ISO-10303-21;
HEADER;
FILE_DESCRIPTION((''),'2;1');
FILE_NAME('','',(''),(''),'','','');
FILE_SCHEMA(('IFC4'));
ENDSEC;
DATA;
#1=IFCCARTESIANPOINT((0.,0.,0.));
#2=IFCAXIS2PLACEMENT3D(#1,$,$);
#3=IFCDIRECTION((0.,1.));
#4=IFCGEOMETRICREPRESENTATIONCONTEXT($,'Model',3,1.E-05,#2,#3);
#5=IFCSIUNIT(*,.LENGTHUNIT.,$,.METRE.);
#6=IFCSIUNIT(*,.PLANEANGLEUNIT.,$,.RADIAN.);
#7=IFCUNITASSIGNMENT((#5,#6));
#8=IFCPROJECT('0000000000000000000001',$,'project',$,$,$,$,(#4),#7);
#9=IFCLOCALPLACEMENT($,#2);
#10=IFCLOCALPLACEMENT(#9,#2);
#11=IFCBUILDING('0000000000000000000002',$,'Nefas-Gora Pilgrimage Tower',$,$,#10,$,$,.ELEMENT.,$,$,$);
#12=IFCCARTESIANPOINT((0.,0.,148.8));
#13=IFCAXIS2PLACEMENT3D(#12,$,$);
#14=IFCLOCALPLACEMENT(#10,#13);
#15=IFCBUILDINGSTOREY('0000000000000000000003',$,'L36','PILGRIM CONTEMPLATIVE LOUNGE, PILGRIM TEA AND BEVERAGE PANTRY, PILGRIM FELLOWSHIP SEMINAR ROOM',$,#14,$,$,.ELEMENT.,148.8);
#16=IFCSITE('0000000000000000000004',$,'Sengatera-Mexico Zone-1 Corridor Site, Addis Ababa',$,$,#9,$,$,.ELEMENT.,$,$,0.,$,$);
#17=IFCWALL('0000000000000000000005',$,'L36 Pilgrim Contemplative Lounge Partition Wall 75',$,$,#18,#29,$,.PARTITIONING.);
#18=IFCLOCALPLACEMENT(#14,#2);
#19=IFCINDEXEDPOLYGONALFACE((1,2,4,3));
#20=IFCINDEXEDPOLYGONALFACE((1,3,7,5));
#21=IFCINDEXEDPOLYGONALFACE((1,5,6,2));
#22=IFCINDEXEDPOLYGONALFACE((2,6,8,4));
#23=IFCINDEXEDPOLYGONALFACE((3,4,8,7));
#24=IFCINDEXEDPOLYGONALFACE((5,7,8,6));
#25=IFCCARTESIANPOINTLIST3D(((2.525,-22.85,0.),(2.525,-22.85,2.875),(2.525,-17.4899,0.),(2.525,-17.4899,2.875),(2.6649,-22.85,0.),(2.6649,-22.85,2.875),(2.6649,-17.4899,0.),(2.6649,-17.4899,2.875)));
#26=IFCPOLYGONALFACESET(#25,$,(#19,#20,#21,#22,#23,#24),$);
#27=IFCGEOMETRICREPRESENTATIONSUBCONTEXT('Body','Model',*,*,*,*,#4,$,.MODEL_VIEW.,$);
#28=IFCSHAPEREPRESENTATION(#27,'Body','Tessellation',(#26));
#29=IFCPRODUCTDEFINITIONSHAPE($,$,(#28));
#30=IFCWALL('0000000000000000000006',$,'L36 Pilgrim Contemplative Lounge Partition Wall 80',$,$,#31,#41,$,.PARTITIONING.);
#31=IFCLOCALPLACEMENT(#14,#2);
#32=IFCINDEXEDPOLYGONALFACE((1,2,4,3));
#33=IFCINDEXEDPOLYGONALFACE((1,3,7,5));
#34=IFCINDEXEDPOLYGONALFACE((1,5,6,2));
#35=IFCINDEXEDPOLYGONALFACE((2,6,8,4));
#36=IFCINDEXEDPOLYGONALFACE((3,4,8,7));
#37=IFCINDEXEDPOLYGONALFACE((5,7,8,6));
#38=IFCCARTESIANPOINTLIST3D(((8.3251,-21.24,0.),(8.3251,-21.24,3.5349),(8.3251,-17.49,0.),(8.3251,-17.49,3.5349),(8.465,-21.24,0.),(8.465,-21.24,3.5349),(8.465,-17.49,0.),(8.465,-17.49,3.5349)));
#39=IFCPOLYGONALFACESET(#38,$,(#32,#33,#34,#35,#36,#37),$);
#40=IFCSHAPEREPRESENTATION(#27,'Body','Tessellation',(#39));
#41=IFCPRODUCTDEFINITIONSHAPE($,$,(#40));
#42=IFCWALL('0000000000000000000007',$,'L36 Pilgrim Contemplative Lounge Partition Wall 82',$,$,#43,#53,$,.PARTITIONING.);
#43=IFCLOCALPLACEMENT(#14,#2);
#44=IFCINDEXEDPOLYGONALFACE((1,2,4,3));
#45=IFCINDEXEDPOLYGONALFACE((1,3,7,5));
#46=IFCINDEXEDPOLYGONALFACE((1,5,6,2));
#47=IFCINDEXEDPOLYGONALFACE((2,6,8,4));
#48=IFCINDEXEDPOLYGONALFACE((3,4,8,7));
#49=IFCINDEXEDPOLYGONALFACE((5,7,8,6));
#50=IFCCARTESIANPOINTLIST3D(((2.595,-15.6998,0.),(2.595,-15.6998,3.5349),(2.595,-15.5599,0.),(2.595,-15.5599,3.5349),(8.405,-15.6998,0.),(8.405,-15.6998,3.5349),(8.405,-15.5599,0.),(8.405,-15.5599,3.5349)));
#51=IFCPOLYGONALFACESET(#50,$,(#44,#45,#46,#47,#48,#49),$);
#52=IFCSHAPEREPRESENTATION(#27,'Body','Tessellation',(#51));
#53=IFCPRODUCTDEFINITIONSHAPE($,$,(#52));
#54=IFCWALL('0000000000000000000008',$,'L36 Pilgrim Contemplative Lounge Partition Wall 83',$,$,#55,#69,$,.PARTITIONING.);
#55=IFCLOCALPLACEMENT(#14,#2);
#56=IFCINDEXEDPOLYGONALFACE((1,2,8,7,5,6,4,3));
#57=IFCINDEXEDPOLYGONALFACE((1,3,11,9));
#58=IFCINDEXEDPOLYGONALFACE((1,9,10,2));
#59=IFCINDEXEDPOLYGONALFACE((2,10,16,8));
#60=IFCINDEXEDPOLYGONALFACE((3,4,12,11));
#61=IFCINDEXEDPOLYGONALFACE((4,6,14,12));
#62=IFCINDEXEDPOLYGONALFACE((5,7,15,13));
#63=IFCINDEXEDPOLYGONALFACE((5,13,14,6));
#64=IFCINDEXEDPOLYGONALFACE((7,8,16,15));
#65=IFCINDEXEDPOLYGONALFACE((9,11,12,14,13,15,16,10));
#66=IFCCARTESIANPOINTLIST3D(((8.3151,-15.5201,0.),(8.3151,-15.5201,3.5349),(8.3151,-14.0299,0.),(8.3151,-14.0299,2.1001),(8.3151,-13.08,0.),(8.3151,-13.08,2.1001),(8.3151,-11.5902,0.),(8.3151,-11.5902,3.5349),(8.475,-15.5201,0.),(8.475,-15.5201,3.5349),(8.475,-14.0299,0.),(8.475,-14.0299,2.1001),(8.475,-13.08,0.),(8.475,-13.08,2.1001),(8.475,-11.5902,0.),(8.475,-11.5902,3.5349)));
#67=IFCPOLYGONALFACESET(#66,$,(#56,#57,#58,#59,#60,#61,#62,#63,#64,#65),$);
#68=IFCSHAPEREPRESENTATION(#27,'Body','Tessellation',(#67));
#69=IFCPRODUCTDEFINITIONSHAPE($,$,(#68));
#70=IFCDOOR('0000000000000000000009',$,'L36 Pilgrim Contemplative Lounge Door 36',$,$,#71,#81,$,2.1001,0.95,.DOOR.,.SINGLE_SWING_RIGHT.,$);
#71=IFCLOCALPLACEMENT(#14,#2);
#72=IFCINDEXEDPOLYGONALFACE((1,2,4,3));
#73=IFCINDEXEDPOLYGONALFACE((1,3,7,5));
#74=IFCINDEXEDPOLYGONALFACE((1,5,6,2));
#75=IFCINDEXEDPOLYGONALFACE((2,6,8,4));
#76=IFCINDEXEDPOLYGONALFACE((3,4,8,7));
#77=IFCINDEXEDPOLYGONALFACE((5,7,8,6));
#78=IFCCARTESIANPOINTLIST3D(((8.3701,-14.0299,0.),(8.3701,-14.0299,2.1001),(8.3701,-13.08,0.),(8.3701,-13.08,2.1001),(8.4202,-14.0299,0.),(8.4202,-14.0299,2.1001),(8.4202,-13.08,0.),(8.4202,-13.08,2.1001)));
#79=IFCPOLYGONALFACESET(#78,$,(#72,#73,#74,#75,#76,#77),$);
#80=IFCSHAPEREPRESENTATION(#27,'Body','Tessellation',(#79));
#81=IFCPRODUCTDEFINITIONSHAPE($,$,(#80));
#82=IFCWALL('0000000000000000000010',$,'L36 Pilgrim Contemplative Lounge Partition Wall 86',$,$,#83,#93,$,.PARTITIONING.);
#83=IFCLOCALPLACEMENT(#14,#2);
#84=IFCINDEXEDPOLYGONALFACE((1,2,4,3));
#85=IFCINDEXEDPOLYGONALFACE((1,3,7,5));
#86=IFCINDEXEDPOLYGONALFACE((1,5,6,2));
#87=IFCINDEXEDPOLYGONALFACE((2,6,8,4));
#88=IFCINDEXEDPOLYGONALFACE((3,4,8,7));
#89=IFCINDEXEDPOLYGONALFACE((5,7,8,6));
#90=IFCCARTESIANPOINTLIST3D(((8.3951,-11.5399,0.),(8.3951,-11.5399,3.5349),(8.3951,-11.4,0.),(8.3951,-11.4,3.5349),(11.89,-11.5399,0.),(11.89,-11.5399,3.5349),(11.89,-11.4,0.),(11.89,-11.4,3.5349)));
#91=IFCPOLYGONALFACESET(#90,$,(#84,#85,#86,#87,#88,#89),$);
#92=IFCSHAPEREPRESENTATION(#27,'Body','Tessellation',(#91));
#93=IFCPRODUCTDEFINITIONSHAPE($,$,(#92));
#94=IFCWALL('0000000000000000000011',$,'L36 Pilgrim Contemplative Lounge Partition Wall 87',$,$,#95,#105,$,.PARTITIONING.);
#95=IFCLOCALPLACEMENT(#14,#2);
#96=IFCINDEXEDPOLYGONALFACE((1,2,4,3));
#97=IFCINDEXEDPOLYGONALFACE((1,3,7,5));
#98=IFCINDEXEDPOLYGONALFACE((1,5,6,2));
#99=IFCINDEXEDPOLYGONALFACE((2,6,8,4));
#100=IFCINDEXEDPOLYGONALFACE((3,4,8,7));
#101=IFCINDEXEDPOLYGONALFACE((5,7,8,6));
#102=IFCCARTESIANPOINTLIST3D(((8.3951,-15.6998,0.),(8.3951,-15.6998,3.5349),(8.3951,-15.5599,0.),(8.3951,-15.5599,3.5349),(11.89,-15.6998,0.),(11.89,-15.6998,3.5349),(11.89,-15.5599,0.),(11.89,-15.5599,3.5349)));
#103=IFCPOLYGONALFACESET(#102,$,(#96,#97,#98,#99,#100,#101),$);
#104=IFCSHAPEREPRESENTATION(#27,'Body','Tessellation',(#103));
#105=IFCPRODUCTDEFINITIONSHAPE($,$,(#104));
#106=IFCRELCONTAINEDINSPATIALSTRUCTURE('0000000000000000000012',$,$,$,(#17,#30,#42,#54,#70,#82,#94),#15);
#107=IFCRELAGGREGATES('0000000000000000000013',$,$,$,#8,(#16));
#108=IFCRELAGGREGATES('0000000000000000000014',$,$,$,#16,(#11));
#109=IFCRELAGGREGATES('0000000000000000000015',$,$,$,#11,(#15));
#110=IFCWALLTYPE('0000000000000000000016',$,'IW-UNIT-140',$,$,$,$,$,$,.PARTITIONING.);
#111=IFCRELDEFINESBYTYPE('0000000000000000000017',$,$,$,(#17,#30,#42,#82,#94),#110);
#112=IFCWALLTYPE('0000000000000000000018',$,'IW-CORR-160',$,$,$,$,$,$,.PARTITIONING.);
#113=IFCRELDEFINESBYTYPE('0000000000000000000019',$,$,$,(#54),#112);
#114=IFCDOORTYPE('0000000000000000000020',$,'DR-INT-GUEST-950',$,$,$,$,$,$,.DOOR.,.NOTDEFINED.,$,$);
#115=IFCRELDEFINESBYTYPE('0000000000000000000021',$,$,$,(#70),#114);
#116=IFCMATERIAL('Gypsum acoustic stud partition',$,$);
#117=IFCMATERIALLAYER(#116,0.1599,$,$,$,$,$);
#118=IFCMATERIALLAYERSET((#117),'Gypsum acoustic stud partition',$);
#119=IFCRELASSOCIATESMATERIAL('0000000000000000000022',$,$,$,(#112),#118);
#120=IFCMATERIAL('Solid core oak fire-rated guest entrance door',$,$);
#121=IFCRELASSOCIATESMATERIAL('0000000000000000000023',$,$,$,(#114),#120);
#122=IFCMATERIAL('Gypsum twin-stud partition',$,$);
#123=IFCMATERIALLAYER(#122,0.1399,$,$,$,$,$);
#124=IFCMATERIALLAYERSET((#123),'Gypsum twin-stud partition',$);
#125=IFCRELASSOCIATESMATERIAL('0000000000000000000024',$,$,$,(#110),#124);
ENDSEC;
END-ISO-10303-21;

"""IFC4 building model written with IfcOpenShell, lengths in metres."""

from ifc_helpers import new_model, si_unit, direction, frame, frame_2d, origin, place, context, subcontext, project, spatial, rectangle, extrude, source, transform, mapped, material, layer, layer_set, type_object, element, fill, save


model = new_model("IFC4")

# Units and contexts
model_context = context("Model", 3, precision=1e-05, world=origin(), true_north=direction((0.0, 1.0)))
body_context = subcontext(model_context, "Body", "Model", "MODEL_VIEW")
ifc_project = project(units=[si_unit("LENGTHUNIT", "METRE"), si_unit("PLANEANGLEUNIT", "RADIAN")], contexts=[model_context])

# Site, building, storey
site_placement = place(None, origin())
site = spatial("IfcSite", under=ifc_project, at=site_placement, Name="Sengatera-Mexico Zone-1 Corridor Site, Addis Ababa", CompositionType="ELEMENT", RefElevation=0.0)
building_placement = place(site_placement, origin())
building = spatial("IfcBuilding", under=site, at=building_placement, Name="Nefas-Gora Pilgrimage Tower", CompositionType="ELEMENT")
storey_placement = place(building_placement, frame((0.0, 0.0, 148.8)))
storey = spatial("IfcBuildingStorey", under=building, at=storey_placement, Name="L36", Description="PILGRIM CONTEMPLATIVE LOUNGE, PILGRIM TEA AND BEVERAGE PANTRY, PILGRIM FELLOWSHIP SEMINAR ROOM", CompositionType="ELEMENT", Elevation=148.8)

# Shared definitions
ifc_material_1 = material(Name="Gypsum acoustic stud partition")
ifc_layer_1 = layer(ifc_material_1, 0.1599)
ifc_layer_set_1 = layer_set([ifc_layer_1], Name="Gypsum acoustic stud partition")
wall_type_1 = type_object("IfcWallType", Name="IW-CORR-160", PredefinedType="PARTITIONING", material=ifc_layer_set_1)
ifc_material_2 = material(Name="Solid core oak fire-rated guest entrance door")
door_type = type_object("IfcDoorType", Name="DR-INT-GUEST-950", OperationType="NOTDEFINED", PredefinedType="DOOR", material=ifc_material_2)
shared_shape_1 = source(origin(), body_context, "Body", "SweptSolid", [
    extrude(rectangle(XDim=0.95, YDim=2.1001, at=frame_2d((0.4751, 1.05))), frame((0.0, 0.0249, 0.0), z_axis=(0.0, -1.0, 0.0), x_axis=(1.0, 0.0, 0.0)), (0.0, 0.0, 1.0), 0.05),
])

# Walls
ifc_material_3 = material(Name="Gypsum twin-stud partition")
ifc_layer_2 = layer(ifc_material_3, 0.1399)
ifc_layer_set_2 = layer_set([ifc_layer_2], Name="Gypsum twin-stud partition")
wall_type_2 = type_object("IfcWallType", Name="IW-UNIT-140", PredefinedType="PARTITIONING", material=ifc_layer_set_2)
shared_shape_2 = source(origin(), body_context, "Body", "SweptSolid", [
    extrude(rectangle(XDim=5.3601, YDim=0.1399, at=frame_2d((2.6802, 0.0))), origin(), (0.0, 0.0, 1.0), 2.875),
])
wall_1_placement = place(storey_placement, frame((2.595, -22.8501, 0.0), z_axis=(0.0, 0.0, 1.0), x_axis=(0.0, 1.0, 0.0)))
element("IfcWall", 1, at=wall_1_placement, inside=storey, type_object=wall_type_2, Name="L36 Pilgrim Contemplative Lounge Partition Wall 75", PredefinedType="PARTITIONING", context=body_context, shape_type="MappedRepresentation", body=[
    mapped(shared_shape_2, transform((0.0, 0.0, 0.0), x_axis=(1.0, 0.0, 0.0), y_axis=(0.0, 1.0, 0.0), z_axis=(0.0, 0.0, 1.0), scale=1.0)),
])
shared_shape_3 = source(origin(), body_context, "Body", "SweptSolid", [
    extrude(rectangle(XDim=3.75, YDim=0.1399, at=frame_2d((1.875, 0.0))), origin(), (0.0, 0.0, 1.0), 3.5349),
])
wall_2_placement = place(storey_placement, frame((8.395, -21.24, 0.0), z_axis=(0.0, 0.0, 1.0), x_axis=(0.0, 1.0, 0.0)))
element("IfcWall", 2, at=wall_2_placement, inside=storey, type_object=wall_type_2, Name="L36 Pilgrim Contemplative Lounge Partition Wall 80", PredefinedType="PARTITIONING", context=body_context, shape_type="MappedRepresentation", body=[
    mapped(shared_shape_3, transform((0.0, 0.0, 0.0), x_axis=(1.0, 0.0, 0.0), y_axis=(0.0, 1.0, 0.0), z_axis=(0.0, 0.0, 1.0), scale=1.0)),
])
shared_shape_4 = source(origin(), body_context, "Body", "SweptSolid", [
    extrude(rectangle(XDim=5.8101, YDim=0.1399, at=frame_2d((2.905, 0.0))), origin(), (0.0, 0.0, 1.0), 3.5349),
])
wall_3_placement = place(storey_placement, frame((2.595, -15.6299, 0.0), z_axis=(0.0, 0.0, 1.0), x_axis=(1.0, 0.0, 0.0)))
element("IfcWall", 3, at=wall_3_placement, inside=storey, type_object=wall_type_2, Name="L36 Pilgrim Contemplative Lounge Partition Wall 82", PredefinedType="PARTITIONING", context=body_context, shape_type="MappedRepresentation", body=[
    mapped(shared_shape_4, transform((0.0, 0.0, 0.0), x_axis=(1.0, 0.0, 0.0), y_axis=(0.0, 1.0, 0.0), z_axis=(0.0, 0.0, 1.0), scale=1.0)),
])

# Wall, opening, door
shared_shape_5 = source(origin(), body_context, "Body", "SweptSolid", [
    extrude(rectangle(XDim=3.9299, YDim=0.1599, at=frame_2d((1.9648, 0.0))), origin(), (0.0, 0.0, 1.0), 3.5349),
])
wall_4_placement = place(storey_placement, frame((8.395, -15.52, 0.0), z_axis=(0.0, 0.0, 1.0), x_axis=(0.0, 1.0, 0.0)))
wall_4 = element("IfcWall", 4, at=wall_4_placement, inside=storey, type_object=wall_type_1, Name="L36 Pilgrim Contemplative Lounge Partition Wall 83", PredefinedType="PARTITIONING", context=body_context, shape_type="MappedRepresentation", body=[
    mapped(shared_shape_5, transform((0.0, 0.0, 0.0), x_axis=(1.0, 0.0, 0.0), y_axis=(0.0, 1.0, 0.0), z_axis=(0.0, 0.0, 1.0), scale=1.0)),
])
opening_1_placement = place(wall_4_placement, frame((1.49, 0.0, 0.0)))
opening_1 = element("IfcOpeningElement", 5, at=opening_1_placement, cuts=wall_4, PredefinedType="OPENING", context=body_context, shape_type="SweptSolid", body=[
    extrude(rectangle(XDim=0.95, YDim=2.1001, at=frame_2d((0.4751, 1.05))), frame((0.0, 0.0898, 0.0), z_axis=(0.0, -1.0, 0.0), x_axis=(1.0, 0.0, 0.0)), (0.0, 0.0, 1.0), 0.1799),
])
door_1_placement = place(opening_1_placement, origin())
door_1 = element("IfcDoor", 6, at=door_1_placement, inside=storey, type_object=door_type, Name="L36 Pilgrim Contemplative Lounge Door 36", OperationType="SINGLE_SWING_RIGHT", OverallHeight=2.1001, OverallWidth=0.95, PredefinedType="DOOR", context=body_context, shape_type="MappedRepresentation", body=[
    mapped(shared_shape_1, transform((0.0, 0.0, 0.0), x_axis=(1.0, 0.0, 0.0), y_axis=(0.0, 1.0, 0.0), z_axis=(0.0, 0.0, 1.0), scale=1.0)),
])
fill(opening_1, door_1)

# Walls
shared_shape_6 = source(origin(), body_context, "Body", "SweptSolid", [
    extrude(rectangle(XDim=3.4949, YDim=0.1399, at=frame_2d((1.7476, 0.0))), origin(), (0.0, 0.0, 1.0), 3.5349),
])
for number, where, z_axis, x_axis, name in (
    (7, (8.395, -11.47, 0.0), (0.0, 0.0, 1.0), (1.0, 0.0, 0.0), "L36 Pilgrim Contemplative Lounge Partition Wall 86"),
    (8, (8.395, -15.6299, 0.0), (0.0, 0.0, 1.0), (1.0, 0.0, 0.0), "L36 Pilgrim Contemplative Lounge Partition Wall 87"),
):
    element("IfcWall", number, at=place(storey_placement, frame(where, z_axis=z_axis, x_axis=x_axis)), inside=storey, type_object=wall_type_2, Name=name, PredefinedType="PARTITIONING", context=body_context, shape_type="MappedRepresentation", body=[
        mapped(shared_shape_6, transform((0.0, 0.0, 0.0), x_axis=(1.0, 0.0, 0.0), y_axis=(0.0, 1.0, 0.0), z_axis=(0.0, 0.0, 1.0), scale=1.0)),
    ])

save(model, "model.ifc")
